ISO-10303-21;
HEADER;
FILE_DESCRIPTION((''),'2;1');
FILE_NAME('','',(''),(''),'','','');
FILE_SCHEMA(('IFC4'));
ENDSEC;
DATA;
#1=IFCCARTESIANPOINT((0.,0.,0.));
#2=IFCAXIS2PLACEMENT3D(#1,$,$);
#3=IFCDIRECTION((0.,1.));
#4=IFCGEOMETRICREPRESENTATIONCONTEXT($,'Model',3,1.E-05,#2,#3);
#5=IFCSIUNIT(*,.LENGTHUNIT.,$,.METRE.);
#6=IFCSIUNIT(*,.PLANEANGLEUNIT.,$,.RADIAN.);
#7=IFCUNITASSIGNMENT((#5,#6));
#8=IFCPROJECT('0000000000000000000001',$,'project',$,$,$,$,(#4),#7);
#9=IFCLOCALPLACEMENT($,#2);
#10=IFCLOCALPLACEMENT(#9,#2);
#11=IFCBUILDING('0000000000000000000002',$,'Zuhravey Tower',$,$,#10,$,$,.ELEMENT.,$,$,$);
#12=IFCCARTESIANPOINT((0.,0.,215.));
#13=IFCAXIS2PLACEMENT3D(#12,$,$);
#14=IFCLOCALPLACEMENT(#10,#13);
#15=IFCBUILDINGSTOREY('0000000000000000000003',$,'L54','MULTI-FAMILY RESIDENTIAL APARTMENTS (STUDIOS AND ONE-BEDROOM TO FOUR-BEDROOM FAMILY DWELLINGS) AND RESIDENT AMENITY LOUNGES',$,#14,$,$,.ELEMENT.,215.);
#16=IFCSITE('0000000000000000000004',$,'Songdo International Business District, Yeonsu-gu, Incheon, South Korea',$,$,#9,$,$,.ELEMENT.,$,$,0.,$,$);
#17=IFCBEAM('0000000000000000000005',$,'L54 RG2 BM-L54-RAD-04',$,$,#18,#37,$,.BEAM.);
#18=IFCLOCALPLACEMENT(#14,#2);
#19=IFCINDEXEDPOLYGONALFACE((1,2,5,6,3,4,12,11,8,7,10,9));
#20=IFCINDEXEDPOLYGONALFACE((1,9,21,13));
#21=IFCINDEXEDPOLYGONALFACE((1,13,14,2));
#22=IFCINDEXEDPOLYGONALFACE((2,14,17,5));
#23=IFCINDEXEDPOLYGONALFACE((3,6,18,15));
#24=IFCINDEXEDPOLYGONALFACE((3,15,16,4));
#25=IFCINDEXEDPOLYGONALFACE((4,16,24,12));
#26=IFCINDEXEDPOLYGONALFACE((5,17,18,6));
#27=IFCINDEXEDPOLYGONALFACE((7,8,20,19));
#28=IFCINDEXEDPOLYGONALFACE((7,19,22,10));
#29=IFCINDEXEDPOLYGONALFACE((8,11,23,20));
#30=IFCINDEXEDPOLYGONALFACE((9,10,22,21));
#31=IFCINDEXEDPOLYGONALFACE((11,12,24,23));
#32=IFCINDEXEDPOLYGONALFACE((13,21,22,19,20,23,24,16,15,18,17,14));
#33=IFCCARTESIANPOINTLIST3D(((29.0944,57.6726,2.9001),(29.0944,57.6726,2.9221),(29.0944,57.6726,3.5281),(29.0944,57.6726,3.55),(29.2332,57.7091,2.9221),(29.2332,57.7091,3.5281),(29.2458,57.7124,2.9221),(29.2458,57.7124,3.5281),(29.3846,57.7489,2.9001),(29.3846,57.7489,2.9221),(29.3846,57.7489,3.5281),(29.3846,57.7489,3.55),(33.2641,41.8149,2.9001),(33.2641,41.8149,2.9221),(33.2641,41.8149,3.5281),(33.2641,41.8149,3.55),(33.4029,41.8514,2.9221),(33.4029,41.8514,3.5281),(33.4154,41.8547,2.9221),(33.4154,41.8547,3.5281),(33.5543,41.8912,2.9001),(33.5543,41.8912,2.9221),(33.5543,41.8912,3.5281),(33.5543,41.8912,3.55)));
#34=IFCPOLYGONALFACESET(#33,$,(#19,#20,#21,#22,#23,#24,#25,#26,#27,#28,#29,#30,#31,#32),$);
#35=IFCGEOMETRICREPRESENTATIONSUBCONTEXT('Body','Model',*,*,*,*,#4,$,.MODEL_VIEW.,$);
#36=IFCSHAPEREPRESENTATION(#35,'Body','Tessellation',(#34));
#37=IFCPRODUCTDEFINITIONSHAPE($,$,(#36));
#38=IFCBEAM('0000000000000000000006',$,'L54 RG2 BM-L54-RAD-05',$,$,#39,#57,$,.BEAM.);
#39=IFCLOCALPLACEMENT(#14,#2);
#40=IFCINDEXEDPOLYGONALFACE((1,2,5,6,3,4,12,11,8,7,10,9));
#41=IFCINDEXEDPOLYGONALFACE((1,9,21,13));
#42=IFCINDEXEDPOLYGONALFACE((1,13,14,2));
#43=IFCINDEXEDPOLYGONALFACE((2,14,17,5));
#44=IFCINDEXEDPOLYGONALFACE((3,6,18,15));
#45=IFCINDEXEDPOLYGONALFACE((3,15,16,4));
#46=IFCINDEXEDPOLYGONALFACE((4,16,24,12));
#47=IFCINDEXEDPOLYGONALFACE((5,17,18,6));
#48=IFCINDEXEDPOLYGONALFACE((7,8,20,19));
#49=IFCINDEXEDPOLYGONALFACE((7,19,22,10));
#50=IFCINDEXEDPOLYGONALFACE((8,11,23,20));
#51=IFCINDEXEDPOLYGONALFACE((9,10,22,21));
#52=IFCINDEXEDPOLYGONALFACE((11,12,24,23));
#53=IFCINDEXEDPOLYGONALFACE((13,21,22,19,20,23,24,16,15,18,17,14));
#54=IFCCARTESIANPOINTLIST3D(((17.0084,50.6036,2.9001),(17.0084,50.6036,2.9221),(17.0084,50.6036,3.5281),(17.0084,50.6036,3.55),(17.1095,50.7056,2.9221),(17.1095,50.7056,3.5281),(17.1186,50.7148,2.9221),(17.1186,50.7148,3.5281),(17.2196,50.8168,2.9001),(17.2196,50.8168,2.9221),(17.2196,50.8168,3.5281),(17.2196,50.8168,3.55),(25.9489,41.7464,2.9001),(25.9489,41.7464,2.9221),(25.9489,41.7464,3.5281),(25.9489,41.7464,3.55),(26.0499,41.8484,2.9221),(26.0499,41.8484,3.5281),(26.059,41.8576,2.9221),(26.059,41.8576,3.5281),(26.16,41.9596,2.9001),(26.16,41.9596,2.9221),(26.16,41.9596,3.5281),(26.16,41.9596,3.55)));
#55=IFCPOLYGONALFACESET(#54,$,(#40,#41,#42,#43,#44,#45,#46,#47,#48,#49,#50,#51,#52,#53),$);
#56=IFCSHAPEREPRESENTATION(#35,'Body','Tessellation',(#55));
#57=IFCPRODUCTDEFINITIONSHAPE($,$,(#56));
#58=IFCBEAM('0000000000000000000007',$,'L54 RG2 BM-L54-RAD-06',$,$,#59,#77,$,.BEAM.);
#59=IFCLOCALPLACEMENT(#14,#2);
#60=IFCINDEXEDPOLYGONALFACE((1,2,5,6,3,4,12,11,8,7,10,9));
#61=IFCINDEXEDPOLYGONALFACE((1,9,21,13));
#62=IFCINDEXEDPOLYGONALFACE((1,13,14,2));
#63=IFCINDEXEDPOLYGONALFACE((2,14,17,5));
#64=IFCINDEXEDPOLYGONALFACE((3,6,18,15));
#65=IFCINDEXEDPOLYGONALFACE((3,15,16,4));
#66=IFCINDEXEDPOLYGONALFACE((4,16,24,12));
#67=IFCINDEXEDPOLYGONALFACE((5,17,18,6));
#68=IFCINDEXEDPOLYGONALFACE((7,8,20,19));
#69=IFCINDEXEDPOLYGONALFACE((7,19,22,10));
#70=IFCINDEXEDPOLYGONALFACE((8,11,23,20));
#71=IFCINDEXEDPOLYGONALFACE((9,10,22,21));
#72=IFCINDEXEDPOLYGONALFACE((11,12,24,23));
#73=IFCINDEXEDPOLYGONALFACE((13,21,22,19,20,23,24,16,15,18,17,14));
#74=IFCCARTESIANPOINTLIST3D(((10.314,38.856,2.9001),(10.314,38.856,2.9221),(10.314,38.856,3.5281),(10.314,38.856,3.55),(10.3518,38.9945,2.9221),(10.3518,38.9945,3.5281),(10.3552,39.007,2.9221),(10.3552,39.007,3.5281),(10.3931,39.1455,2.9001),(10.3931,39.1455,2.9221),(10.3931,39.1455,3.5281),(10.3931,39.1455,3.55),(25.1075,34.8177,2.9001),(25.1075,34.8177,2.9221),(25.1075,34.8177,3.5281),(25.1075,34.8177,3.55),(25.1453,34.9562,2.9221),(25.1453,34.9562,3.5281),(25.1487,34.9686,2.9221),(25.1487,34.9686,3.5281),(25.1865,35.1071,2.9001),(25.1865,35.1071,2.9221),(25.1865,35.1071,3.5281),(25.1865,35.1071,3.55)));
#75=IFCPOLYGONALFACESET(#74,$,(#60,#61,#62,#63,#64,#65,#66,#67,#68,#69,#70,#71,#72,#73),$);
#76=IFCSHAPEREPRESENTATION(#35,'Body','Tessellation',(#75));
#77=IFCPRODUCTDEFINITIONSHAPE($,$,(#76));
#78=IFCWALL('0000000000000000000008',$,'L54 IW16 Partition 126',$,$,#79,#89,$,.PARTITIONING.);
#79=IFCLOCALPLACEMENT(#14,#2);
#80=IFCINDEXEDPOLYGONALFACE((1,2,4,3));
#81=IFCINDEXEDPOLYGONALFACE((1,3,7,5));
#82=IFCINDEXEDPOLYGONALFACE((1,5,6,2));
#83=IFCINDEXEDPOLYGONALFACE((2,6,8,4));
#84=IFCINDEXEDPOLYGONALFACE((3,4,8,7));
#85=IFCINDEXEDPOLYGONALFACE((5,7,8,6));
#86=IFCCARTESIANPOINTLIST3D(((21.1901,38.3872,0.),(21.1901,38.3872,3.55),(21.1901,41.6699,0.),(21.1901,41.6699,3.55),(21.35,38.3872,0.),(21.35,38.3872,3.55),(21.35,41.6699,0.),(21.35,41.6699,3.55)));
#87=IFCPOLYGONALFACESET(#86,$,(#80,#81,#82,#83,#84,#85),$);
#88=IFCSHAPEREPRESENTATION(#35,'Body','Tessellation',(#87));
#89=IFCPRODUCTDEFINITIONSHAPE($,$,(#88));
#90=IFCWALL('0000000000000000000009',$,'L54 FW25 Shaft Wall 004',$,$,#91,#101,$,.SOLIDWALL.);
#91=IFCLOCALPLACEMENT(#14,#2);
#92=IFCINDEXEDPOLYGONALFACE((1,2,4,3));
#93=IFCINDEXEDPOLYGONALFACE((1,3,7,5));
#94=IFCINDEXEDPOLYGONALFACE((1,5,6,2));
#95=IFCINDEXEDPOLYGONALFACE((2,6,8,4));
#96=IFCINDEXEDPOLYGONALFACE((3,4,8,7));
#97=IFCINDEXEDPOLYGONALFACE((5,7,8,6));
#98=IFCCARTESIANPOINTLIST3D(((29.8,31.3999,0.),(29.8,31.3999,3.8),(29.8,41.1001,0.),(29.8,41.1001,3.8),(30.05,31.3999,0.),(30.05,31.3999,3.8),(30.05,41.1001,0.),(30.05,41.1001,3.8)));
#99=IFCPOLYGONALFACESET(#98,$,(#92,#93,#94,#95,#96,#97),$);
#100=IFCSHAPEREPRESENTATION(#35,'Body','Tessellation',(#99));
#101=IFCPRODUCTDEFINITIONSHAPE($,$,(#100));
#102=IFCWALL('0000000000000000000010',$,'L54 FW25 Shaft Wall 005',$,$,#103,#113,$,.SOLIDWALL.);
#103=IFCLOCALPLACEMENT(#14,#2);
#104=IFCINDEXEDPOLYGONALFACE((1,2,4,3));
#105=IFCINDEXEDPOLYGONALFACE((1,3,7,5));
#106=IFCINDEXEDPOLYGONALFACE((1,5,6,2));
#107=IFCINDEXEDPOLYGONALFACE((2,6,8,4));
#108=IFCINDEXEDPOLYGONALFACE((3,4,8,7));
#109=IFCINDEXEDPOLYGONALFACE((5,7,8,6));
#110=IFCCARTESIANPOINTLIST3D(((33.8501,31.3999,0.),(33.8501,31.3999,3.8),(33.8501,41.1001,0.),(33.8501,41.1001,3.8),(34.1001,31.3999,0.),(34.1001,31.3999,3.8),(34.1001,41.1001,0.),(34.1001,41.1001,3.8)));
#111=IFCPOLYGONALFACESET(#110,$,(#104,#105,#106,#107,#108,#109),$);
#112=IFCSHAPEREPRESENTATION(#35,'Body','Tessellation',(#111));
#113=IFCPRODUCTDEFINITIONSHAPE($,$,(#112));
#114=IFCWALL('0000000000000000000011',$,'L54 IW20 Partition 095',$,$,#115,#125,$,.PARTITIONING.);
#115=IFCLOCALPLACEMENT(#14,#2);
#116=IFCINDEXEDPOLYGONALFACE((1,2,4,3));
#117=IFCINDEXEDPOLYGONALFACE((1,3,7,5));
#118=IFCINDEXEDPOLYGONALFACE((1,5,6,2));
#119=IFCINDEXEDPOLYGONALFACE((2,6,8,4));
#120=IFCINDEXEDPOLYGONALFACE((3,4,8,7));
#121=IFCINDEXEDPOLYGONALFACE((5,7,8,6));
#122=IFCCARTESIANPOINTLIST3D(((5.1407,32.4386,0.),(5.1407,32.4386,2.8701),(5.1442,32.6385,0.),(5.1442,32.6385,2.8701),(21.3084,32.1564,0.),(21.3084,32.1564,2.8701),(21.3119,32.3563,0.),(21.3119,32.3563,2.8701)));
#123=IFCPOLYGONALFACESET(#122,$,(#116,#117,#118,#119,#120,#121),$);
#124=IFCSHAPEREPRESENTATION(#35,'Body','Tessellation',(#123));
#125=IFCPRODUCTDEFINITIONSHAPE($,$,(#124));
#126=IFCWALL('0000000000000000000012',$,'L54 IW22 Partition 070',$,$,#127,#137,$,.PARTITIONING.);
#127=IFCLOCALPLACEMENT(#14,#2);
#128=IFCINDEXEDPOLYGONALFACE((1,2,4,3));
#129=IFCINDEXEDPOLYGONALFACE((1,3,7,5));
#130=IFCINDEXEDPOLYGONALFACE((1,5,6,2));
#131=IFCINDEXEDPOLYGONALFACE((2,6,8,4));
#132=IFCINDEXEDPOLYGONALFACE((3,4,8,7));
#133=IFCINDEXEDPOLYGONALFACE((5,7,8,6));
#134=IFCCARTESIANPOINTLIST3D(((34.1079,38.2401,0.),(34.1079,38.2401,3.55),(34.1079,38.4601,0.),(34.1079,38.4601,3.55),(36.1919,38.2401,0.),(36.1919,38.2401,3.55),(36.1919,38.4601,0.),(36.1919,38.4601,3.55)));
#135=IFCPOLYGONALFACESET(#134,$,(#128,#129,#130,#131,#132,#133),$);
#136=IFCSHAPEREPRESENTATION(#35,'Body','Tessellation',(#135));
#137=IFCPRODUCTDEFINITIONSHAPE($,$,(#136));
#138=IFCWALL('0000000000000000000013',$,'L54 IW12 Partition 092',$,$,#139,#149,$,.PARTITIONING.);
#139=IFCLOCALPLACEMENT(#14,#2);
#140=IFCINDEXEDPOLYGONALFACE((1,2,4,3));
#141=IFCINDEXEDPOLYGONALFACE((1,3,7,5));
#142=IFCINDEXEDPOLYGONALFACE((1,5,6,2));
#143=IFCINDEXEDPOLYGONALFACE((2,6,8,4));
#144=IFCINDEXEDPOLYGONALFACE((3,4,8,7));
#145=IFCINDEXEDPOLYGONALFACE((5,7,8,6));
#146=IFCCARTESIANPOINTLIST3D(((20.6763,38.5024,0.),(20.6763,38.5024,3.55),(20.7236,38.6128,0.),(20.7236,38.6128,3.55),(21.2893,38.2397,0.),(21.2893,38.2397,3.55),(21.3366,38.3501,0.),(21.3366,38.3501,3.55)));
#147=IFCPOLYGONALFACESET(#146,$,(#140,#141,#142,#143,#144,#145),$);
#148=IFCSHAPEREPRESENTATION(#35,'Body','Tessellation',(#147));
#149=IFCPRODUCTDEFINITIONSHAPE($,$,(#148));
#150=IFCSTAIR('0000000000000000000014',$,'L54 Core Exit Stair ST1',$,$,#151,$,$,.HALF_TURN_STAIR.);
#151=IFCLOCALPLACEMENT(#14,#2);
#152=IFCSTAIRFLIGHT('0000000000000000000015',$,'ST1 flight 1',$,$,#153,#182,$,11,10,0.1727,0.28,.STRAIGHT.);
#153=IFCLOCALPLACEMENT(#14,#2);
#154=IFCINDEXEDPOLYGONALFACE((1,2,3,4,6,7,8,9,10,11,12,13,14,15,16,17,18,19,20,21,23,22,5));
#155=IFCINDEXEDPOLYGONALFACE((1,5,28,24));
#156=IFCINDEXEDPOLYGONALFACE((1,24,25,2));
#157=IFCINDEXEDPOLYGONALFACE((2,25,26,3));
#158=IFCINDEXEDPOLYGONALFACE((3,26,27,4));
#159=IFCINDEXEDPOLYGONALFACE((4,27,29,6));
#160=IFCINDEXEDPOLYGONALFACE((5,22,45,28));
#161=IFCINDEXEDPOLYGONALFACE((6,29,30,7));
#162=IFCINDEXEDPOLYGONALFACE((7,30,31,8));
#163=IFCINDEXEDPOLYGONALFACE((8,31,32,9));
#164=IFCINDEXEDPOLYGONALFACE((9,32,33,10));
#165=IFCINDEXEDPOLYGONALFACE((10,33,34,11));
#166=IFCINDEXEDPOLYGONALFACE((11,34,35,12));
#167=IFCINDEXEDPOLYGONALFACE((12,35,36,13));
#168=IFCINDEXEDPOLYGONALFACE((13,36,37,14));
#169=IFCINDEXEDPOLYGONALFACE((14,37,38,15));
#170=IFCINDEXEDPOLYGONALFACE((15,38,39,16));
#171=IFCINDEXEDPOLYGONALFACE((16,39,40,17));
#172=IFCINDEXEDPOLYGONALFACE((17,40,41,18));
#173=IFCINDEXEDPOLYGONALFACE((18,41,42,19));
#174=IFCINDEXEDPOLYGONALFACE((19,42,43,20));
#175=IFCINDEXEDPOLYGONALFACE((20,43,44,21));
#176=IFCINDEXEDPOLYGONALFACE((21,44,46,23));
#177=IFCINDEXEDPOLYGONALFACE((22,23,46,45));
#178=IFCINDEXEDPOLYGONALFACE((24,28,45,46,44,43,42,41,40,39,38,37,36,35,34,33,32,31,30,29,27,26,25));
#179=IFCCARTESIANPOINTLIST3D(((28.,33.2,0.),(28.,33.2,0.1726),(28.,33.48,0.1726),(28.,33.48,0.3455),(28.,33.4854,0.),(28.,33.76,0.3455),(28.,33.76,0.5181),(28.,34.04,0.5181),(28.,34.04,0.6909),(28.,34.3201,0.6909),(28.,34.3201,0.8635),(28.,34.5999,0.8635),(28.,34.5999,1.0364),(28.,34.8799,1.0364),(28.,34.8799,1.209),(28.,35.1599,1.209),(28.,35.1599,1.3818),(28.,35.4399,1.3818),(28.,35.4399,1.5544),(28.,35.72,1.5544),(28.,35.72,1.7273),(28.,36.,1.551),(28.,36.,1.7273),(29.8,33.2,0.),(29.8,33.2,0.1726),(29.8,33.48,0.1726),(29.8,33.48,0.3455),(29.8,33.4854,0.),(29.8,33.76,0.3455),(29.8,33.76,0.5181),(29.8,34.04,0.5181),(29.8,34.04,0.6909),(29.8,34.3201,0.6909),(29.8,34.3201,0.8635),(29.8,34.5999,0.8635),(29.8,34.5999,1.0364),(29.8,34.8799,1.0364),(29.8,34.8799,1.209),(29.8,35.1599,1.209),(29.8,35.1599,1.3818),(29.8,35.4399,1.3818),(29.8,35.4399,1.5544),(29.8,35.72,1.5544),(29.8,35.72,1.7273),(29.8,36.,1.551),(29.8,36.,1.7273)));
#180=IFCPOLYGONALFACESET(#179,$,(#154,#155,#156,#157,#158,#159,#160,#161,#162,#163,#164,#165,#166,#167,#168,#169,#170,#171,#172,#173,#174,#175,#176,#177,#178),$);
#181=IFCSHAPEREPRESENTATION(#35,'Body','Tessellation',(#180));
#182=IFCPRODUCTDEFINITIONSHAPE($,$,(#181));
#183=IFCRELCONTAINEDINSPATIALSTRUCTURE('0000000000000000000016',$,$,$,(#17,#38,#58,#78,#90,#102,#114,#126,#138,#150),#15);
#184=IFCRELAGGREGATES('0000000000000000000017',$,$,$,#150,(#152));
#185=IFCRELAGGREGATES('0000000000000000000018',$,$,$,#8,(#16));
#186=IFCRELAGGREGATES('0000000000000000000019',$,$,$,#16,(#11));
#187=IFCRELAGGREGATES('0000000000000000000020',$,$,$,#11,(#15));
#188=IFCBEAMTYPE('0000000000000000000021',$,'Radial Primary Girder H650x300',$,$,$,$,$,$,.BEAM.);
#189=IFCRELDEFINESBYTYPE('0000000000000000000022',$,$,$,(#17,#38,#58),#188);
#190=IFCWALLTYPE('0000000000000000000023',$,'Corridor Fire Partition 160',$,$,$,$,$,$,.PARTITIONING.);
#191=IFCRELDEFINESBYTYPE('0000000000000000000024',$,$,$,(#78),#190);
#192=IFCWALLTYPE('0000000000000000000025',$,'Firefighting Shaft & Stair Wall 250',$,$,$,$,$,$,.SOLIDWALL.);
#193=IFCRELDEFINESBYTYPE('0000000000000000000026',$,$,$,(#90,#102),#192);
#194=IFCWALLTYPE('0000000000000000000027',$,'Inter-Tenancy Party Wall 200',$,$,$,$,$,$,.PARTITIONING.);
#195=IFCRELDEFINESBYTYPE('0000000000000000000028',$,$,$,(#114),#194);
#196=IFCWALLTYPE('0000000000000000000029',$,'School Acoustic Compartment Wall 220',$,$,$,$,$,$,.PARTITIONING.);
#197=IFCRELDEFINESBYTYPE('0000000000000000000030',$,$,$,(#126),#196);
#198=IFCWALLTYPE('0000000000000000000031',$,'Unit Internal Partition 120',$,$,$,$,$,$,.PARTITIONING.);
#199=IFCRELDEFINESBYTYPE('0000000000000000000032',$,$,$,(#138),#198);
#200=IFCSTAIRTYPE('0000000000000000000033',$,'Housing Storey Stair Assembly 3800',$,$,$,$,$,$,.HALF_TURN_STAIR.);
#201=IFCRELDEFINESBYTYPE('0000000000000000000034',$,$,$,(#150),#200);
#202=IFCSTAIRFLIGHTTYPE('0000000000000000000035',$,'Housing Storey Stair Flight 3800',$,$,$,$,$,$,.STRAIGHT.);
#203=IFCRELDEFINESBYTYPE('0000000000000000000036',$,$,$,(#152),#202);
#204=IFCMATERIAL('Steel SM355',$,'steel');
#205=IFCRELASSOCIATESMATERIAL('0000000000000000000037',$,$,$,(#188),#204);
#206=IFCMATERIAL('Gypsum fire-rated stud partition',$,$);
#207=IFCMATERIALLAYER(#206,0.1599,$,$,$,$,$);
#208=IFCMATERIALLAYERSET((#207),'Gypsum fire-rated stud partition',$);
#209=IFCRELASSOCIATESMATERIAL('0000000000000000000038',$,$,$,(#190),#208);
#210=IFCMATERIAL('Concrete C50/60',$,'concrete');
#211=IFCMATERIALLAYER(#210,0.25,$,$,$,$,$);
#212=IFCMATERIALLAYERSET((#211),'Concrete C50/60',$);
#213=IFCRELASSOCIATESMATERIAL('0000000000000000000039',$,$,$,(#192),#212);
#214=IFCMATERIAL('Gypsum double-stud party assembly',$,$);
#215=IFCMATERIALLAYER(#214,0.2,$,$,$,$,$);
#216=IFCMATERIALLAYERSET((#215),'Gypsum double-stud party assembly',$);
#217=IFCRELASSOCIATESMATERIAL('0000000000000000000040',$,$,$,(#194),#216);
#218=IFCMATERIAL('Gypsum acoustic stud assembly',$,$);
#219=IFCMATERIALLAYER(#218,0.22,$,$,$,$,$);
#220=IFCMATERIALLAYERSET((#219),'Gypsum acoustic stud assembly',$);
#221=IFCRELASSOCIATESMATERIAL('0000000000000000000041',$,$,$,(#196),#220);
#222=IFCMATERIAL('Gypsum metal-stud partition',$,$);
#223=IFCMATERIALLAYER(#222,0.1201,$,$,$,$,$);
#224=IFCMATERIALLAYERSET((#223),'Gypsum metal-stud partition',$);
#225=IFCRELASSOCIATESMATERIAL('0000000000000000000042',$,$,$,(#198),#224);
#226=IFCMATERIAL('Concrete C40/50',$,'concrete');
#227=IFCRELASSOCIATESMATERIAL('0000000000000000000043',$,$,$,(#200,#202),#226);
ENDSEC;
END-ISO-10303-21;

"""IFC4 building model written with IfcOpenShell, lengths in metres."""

from ifc_helpers import new_model, si_unit, direction, frame, frame_2d, origin, origin_2d, place, context, subcontext, project, spatial, polyline, rectangle, i_section, outline, extrude, material, layer, layer_set, material_profile, profile_set, type_object, element, aggregate, save


model = new_model("IFC4")

# Units and contexts
model_context = context("Model", 3, precision=1e-05, world=origin(), true_north=direction((0.0, 1.0)))
body_context = subcontext(model_context, "Body", "Model", "MODEL_VIEW")
ifc_project = project(units=[si_unit("LENGTHUNIT", "METRE"), si_unit("PLANEANGLEUNIT", "RADIAN")], contexts=[model_context])

# Site, building, storey
site_placement = place(None, origin())
site = spatial("IfcSite", under=ifc_project, at=site_placement, Name="Songdo International Business District, Yeonsu-gu, Incheon, South Korea", CompositionType="ELEMENT", RefElevation=0.0)
building_placement = place(site_placement, origin())
building = spatial("IfcBuilding", under=site, at=building_placement, Name="Zuhravey Tower", CompositionType="ELEMENT")
storey_placement = place(building_placement, frame((0.0, 0.0, 215.0)))
storey = spatial("IfcBuildingStorey", under=building, at=storey_placement, Name="L54", Description="MULTI-FAMILY RESIDENTIAL APARTMENTS (STUDIOS AND ONE-BEDROOM TO FOUR-BEDROOM FAMILY DWELLINGS) AND RESIDENT AMENITY LOUNGES", CompositionType="ELEMENT", Elevation=215.0)

# Beams
ifc_material_1 = material(Name="Steel SM355", Category="steel")
ifc_material_profile = material_profile(ifc_material_1, i_section(OverallWidth=0.3, OverallDepth=0.6499, WebThickness=0.0129, FlangeThickness=0.022, at=origin_2d()), Name="H-650x300x13x22")
ifc_profile_set = profile_set([ifc_material_profile], Name="Steel SM355")
beam_type = type_object("IfcBeamType", Name="Radial Primary Girder H650x300", PredefinedType="BEAM", material=ifc_profile_set)
beam_1_placement = place(storey_placement, frame((33.4092, 41.853, 3.2251), z_axis=(-0.2543, 0.967125, 0.0), x_axis=(-0.967125, -0.2543, 0.0)))
element("IfcBeam", 1, at=beam_1_placement, inside=storey, type_object=beam_type, Name="L54 RG2 BM-L54-RAD-04", PredefinedType="BEAM", context=body_context, shape_type="SweptSolid", body=[
    extrude(i_section(OverallWidth=0.3, OverallDepth=0.6499, WebThickness=0.0129, FlangeThickness=0.022, at=origin_2d()), origin(), (0.0, 0.0, 1.0), 16.3967),
])
beam_2_placement = place(storey_placement, frame((26.0544, 41.853, 3.2251), z_axis=(-0.710407, 0.703791, 0.0), x_axis=(-0.703791, -0.710407, 0.0)))
element("IfcBeam", 2, at=beam_2_placement, inside=storey, type_object=beam_type, Name="L54 RG2 BM-L54-RAD-05", PredefinedType="BEAM", context=body_context, shape_type="SweptSolid", body=[
    extrude(i_section(OverallWidth=0.3, OverallDepth=0.6499, WebThickness=0.0129, FlangeThickness=0.022, at=origin_2d()), origin(), (0.0, 0.0, 1.0), 12.585),
])
beam_3_placement = place(storey_placement, frame((25.147, 34.9624, 3.2251), z_axis=(-0.964702, 0.263345, 0.0), x_axis=(-0.263345, -0.964702, 0.0)))
element("IfcBeam", 3, at=beam_3_placement, inside=storey, type_object=beam_type, Name="L54 RG2 BM-L54-RAD-06", PredefinedType="BEAM", context=body_context, shape_type="SweptSolid", body=[
    extrude(i_section(OverallWidth=0.3, OverallDepth=0.6499, WebThickness=0.0129, FlangeThickness=0.022, at=origin_2d()), origin(), (0.0, 0.0, 1.0), 15.3347),
])

# Shared definitions
ifc_material_2 = material(Name="Gypsum fire-rated stud partition")
ifc_layer_1 = layer(ifc_material_2, 0.1599)
ifc_layer_set_1 = layer_set([ifc_layer_1], Name="Gypsum fire-rated stud partition")
wall_type_1 = type_object("IfcWallType", Name="Corridor Fire Partition 160", PredefinedType="PARTITIONING", material=ifc_layer_set_1)

# Walls
wall_1_placement = place(storey_placement, frame((21.27, 41.6699, 0.0), z_axis=(0.0, 0.0, 1.0), x_axis=(0.0, -1.0, 0.0)))
element("IfcWall", 4, at=wall_1_placement, inside=storey, type_object=wall_type_1, Name="L54 IW16 Partition 126", PredefinedType="PARTITIONING", context=body_context, shape_type="SweptSolid", body=[
    extrude(rectangle(XDim=3.2827, YDim=0.1599, at=frame_2d((1.6414, 0.0))), origin(), (0.0, 0.0, 1.0), 3.55),
])
ifc_material_3 = material(Name="Concrete C50/60", Category="concrete")
ifc_layer_2 = layer(ifc_material_3, 0.25)
ifc_layer_set_2 = layer_set([ifc_layer_2], Name="Concrete C50/60")
wall_type_2 = type_object("IfcWallType", Name="Firefighting Shaft & Stair Wall 250", PredefinedType="SOLIDWALL", material=ifc_layer_set_2)
for number, where, z_axis, x_axis, name in (
    (5, (29.925, 31.3999, 0.0), (0.0, 0.0, 1.0), (0.0, 1.0, 0.0), "L54 FW25 Shaft Wall 004"),
    (6, (33.9751, 31.3999, 0.0), (0.0, 0.0, 1.0), (0.0, 1.0, 0.0), "L54 FW25 Shaft Wall 005"),
):
    element("IfcWall", number, at=place(storey_placement, frame(where, z_axis=z_axis, x_axis=x_axis)), inside=storey, type_object=wall_type_2, Name=name, PredefinedType="SOLIDWALL", context=body_context, shape_type="SweptSolid", body=[
        extrude(rectangle(XDim=9.7002, YDim=0.25, at=frame_2d((4.8501, 0.0))), origin(), (0.0, 0.0, 1.0), 3.8),
    ])
ifc_material_4 = material(Name="Gypsum double-stud party assembly")
ifc_layer_3 = layer(ifc_material_4, 0.2)
ifc_layer_set_3 = layer_set([ifc_layer_3], Name="Gypsum double-stud party assembly")
wall_type_3 = type_object("IfcWallType", Name="Inter-Tenancy Party Wall 200", PredefinedType="PARTITIONING", material=ifc_layer_set_3)
wall_2_placement = place(storey_placement, frame((21.3101, 32.2563, 0.0), z_axis=(0.0, 0.0, 1.0), x_axis=(-0.999848, 0.017454, 0.0)))
element("IfcWall", 7, at=wall_2_placement, inside=storey, type_object=wall_type_3, Name="L54 IW20 Partition 095", PredefinedType="PARTITIONING", context=body_context, shape_type="SweptSolid", body=[
    extrude(rectangle(XDim=16.1702, YDim=0.2, at=frame_2d((8.085, 0.0))), origin(), (0.0, 0.0, 1.0), 2.8701),
])
ifc_material_5 = material(Name="Gypsum acoustic stud assembly")
ifc_layer_4 = layer(ifc_material_5, 0.22)
ifc_layer_set_4 = layer_set([ifc_layer_4], Name="Gypsum acoustic stud assembly")
wall_type_4 = type_object("IfcWallType", Name="School Acoustic Compartment Wall 220", PredefinedType="PARTITIONING", material=ifc_layer_set_4)
wall_3_placement = place(storey_placement, frame((34.1079, 38.3501, 0.0), z_axis=(0.0, 0.0, 1.0), x_axis=(1.0, 0.0, 0.0)))
element("IfcWall", 8, at=wall_3_placement, inside=storey, type_object=wall_type_4, Name="L54 IW22 Partition 070", PredefinedType="PARTITIONING", context=body_context, shape_type="SweptSolid", body=[
    extrude(rectangle(XDim=2.084, YDim=0.22, at=frame_2d((1.042, 0.0))), origin(), (0.0, 0.0, 1.0), 3.55),
])
ifc_material_6 = material(Name="Gypsum metal-stud partition")
ifc_layer_5 = layer(ifc_material_6, 0.1201)
ifc_layer_set_5 = layer_set([ifc_layer_5], Name="Gypsum metal-stud partition")
wall_type_5 = type_object("IfcWallType", Name="Unit Internal Partition 120", PredefinedType="PARTITIONING", material=ifc_layer_set_5)
wall_4_placement = place(storey_placement, frame((21.313, 38.2949, 0.0), z_axis=(0.0, 0.0, 1.0), x_axis=(-0.919164, 0.393875, 0.0)))
element("IfcWall", 9, at=wall_4_placement, inside=storey, type_object=wall_type_5, Name="L54 IW12 Partition 092", PredefinedType="PARTITIONING", context=body_context, shape_type="SweptSolid", body=[
    extrude(rectangle(XDim=0.667, YDim=0.1201, at=frame_2d((0.3335, 0.0))), origin(), (0.0, 0.0, 1.0), 3.55),
])

# Stair, stair flight
ifc_material_7 = material(Name="Concrete C40/50", Category="concrete")
stair_type = type_object("IfcStairType", Name="Housing Storey Stair Assembly 3800", PredefinedType="HALF_TURN_STAIR", material=ifc_material_7)
stair_1_placement = place(storey_placement, origin())
stair_1 = element("IfcStair", 10, at=stair_1_placement, inside=storey, type_object=stair_type, Name="L54 Core Exit Stair ST1", PredefinedType="HALF_TURN_STAIR")
stair_flight_type = type_object("IfcStairFlightType", Name="Housing Storey Stair Flight 3800", PredefinedType="STRAIGHT", material=ifc_material_7)
stair_flight_1_placement = place(storey_placement, frame((28.8999, 33.2, 0.0), z_axis=(0.0, 0.0, 1.0), x_axis=(0.0, 1.0, 0.0)))
stair_flight_1 = element("IfcStairFlight", 11, at=stair_flight_1_placement, type_object=stair_flight_type, Name="ST1 flight 1", NumberOfRisers=11, NumberOfTreads=10, PredefinedType="STRAIGHT", RiserHeight=0.1727, TreadLength=0.28, context=body_context, shape_type="SweptSolid", body=[
    extrude(outline(polyline([(0.0, 0.0), (0.0, 0.1726), (0.28, 0.1726), (0.28, 0.3455), (0.5601, 0.3455), (0.5601, 0.5181), (0.8401, 0.5181), (0.8401, 0.6909), (1.1201, 0.6909), (1.1201, 0.8635), (1.3999, 0.8635), (1.3999, 1.0364), (1.6799, 1.0364), (1.6799, 1.209), (1.96, 1.209), (1.96, 1.3818), (2.24, 1.3818), (2.24, 1.5544), (2.52, 1.5544), (2.52, 1.7273), (2.8, 1.7273), (2.8, 1.8999), (2.8, 1.551), (0.2854, 0.0), (0.0, 0.0)])), frame((0.0, 0.8999, 0.0), z_axis=(0.0, -1.0, 0.0), x_axis=(1.0, 0.0, 0.0)), (0.0, 0.0, 1.0), 1.8),
])
aggregate(stair_1, [stair_flight_1])

save(model, "model.ifc")
